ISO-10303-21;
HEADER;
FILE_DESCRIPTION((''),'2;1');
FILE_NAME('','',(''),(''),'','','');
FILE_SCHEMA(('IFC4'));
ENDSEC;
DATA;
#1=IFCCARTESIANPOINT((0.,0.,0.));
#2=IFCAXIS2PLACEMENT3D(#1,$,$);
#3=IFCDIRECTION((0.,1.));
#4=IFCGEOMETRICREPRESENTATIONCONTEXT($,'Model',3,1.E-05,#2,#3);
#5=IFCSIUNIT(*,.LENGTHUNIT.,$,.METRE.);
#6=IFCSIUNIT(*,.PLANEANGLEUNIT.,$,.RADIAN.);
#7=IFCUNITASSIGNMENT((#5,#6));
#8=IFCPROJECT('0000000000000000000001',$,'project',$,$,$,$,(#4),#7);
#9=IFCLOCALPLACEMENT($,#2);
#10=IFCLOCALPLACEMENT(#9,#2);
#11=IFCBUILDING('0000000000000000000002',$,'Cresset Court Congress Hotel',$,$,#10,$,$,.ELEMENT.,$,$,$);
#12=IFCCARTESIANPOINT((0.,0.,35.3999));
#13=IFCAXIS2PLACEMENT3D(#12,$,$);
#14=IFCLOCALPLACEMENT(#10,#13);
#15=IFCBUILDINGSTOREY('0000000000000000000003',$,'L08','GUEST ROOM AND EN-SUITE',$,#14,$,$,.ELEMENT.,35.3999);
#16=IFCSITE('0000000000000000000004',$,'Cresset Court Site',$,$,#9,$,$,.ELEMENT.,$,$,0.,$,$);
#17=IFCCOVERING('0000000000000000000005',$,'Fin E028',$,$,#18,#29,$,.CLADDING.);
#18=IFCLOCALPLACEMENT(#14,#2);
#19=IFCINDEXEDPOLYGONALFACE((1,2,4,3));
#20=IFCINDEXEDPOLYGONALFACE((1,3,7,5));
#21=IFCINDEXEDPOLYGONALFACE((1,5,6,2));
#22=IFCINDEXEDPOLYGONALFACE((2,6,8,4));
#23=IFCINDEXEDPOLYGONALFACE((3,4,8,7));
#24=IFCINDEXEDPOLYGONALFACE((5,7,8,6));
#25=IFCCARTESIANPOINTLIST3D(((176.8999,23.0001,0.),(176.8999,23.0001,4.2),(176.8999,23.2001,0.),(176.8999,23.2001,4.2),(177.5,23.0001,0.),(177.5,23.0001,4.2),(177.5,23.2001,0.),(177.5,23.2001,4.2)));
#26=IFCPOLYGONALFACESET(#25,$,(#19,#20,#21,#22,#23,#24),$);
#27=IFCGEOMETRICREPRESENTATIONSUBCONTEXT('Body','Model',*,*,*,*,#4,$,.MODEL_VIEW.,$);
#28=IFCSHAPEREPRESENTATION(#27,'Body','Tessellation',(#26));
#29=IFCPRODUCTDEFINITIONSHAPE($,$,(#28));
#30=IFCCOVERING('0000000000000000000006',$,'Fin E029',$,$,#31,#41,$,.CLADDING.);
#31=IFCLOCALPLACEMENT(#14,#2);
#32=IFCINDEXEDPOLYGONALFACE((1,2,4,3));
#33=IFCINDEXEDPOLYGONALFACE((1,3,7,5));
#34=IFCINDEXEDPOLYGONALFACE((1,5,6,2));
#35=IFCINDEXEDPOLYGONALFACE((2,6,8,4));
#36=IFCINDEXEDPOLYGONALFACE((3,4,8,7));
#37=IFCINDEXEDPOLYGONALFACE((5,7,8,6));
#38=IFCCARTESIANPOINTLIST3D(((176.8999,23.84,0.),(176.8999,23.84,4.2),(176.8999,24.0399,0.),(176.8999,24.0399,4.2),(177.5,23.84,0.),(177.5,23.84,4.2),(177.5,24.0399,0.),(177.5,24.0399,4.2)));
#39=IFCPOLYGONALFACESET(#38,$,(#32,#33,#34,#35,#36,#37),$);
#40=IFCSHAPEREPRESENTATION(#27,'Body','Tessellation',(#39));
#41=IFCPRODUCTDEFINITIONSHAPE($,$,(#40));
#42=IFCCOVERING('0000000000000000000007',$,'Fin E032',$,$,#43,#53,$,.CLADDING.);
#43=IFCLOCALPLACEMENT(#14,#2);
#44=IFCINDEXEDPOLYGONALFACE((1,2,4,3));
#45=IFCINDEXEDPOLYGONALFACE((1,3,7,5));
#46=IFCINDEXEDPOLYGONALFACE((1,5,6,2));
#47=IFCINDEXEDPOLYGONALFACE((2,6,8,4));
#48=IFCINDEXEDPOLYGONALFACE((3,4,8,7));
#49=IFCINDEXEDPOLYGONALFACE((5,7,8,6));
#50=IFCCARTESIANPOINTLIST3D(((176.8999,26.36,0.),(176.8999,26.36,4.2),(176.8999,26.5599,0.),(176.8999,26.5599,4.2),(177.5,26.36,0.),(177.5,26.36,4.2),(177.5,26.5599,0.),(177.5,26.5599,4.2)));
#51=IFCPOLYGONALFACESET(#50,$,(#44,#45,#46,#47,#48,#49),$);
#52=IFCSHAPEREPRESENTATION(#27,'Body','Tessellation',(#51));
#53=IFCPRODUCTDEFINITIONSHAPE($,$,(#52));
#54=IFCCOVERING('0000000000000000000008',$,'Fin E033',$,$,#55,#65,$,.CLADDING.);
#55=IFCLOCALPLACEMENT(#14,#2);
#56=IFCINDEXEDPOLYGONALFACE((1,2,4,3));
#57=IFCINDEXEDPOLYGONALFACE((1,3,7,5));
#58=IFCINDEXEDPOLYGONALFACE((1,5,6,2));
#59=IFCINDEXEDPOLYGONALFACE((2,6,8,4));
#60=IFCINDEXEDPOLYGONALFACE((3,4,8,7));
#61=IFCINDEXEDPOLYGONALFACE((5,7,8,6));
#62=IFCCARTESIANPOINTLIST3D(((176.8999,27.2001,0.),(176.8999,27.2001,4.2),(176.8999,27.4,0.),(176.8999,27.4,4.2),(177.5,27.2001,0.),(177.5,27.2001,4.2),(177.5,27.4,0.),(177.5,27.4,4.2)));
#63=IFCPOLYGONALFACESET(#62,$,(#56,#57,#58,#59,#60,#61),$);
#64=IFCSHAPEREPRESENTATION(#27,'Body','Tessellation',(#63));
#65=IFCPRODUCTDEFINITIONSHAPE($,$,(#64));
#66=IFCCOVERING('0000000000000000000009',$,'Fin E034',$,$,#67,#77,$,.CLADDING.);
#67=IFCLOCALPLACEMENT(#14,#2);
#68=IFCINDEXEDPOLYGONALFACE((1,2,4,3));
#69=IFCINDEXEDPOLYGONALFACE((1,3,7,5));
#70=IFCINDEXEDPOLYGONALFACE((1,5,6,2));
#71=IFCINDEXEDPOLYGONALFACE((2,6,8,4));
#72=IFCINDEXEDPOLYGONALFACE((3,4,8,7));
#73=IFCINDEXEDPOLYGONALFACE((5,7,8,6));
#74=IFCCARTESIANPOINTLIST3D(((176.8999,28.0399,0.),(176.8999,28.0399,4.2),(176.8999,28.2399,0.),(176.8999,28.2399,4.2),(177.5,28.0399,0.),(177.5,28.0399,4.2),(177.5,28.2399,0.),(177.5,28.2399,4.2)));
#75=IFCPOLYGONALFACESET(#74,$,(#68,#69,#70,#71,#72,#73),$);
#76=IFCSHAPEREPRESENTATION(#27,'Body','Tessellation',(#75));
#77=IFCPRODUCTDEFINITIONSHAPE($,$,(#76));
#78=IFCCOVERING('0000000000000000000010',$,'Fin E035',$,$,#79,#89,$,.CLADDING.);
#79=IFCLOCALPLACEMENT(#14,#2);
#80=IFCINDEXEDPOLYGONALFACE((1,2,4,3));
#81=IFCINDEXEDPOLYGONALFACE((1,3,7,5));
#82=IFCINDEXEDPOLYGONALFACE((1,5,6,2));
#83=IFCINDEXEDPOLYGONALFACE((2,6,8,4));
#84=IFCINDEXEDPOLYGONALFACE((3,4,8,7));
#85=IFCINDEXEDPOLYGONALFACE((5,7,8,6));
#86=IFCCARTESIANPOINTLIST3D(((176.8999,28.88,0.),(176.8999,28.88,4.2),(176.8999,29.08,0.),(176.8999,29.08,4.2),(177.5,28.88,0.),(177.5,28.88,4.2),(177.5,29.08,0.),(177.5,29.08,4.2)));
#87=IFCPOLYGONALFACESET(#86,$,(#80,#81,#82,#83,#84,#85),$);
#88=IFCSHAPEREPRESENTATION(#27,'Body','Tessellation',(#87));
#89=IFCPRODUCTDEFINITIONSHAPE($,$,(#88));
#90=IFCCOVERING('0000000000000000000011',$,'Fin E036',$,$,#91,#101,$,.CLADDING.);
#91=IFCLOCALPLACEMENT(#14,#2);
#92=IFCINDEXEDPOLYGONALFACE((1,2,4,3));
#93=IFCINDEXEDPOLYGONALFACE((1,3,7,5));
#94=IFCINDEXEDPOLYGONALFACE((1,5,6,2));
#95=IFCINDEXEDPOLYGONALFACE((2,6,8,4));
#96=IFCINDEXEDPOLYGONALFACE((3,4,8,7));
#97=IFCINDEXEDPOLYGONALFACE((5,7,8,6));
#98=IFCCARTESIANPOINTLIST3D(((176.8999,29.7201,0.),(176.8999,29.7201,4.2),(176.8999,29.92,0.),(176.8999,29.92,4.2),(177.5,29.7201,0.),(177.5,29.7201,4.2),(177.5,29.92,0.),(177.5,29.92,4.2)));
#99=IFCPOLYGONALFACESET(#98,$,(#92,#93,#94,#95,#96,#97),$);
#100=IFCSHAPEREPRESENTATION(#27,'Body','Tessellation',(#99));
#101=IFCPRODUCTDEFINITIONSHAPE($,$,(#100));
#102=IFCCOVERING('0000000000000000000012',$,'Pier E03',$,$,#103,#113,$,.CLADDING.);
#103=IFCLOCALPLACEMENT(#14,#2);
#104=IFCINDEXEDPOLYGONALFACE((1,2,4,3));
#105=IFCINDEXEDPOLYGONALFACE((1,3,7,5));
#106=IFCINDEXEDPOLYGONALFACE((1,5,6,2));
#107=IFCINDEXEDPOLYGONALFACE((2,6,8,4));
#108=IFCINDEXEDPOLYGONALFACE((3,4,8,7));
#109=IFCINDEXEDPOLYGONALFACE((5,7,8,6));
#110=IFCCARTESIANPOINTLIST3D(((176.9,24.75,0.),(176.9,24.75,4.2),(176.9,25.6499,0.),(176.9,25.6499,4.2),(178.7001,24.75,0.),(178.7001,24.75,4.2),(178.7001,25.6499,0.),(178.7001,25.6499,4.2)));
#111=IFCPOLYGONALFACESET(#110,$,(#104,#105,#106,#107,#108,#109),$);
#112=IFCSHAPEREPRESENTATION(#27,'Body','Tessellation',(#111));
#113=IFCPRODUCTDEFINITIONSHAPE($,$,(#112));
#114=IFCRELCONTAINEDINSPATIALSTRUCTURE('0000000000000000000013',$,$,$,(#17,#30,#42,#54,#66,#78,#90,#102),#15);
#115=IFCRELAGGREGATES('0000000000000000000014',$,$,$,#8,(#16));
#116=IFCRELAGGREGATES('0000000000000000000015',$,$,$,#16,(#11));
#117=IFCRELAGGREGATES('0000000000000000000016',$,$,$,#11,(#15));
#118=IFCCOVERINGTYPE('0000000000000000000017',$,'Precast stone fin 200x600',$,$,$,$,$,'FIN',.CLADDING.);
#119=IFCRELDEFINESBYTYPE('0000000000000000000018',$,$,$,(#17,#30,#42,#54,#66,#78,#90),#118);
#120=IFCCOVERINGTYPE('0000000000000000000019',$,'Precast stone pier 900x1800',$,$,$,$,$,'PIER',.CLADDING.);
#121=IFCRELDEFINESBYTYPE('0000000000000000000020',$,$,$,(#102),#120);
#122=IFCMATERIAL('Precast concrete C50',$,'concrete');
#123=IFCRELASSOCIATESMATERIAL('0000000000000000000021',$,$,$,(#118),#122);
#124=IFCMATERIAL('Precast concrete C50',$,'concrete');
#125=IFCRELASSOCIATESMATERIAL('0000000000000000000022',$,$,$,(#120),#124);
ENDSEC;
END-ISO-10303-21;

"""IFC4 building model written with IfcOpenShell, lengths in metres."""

from ifc_helpers import new_model, si_unit, direction, frame, origin, origin_2d, place, context, subcontext, project, spatial, rectangle, extrude, material, type_object, element, save


model = new_model("IFC4")

# Units and contexts
model_context = context("Model", 3, precision=1e-05, world=origin(), true_north=direction((0.0, 1.0)))
body_context = subcontext(model_context, "Body", "Model", "MODEL_VIEW")
ifc_project = project(units=[si_unit("LENGTHUNIT", "METRE"), si_unit("PLANEANGLEUNIT", "RADIAN")], contexts=[model_context])

# Site, building, storey
site_placement = place(None, origin())
site = spatial("IfcSite", under=ifc_project, at=site_placement, Name="Cresset Court Site", CompositionType="ELEMENT", RefElevation=0.0)
building_placement = place(site_placement, origin())
building = spatial("IfcBuilding", under=site, at=building_placement, Name="Cresset Court Congress Hotel", CompositionType="ELEMENT")
storey_placement = place(building_placement, frame((0.0, 0.0, 35.3999)))
storey = spatial("IfcBuildingStorey", under=building, at=storey_placement, Name="L08", Description="GUEST ROOM AND EN-SUITE", CompositionType="ELEMENT", Elevation=35.3999)

# Coverings
ifc_material_1 = material(Name="Precast concrete C50", Category="concrete")
covering_type_1 = type_object("IfcCoveringType", Name="Precast stone fin 200x600", ElementType="FIN", PredefinedType="CLADDING", material=ifc_material_1)
for number, where, z_axis, x_axis, name in (
    (1, (177.2, 23.1001, 0.0), (0.0, 0.0, 1.0), (1.0, 0.0, 0.0), "Fin E028"),
    (2, (177.2, 23.9399, 0.0), (0.0, 0.0, 1.0), (1.0, 0.0, 0.0), "Fin E029"),
    (3, (177.2, 26.46, 0.0), (0.0, 0.0, 1.0), (1.0, 0.0, 0.0), "Fin E032"),
    (4, (177.2, 27.3, 0.0), (0.0, 0.0, 1.0), (1.0, 0.0, 0.0), "Fin E033"),
    (5, (177.2, 28.1399, 0.0), (0.0, 0.0, 1.0), (1.0, 0.0, 0.0), "Fin E034"),
    (6, (177.2, 28.98, 0.0), (0.0, 0.0, 1.0), (1.0, 0.0, 0.0), "Fin E035"),
    (7, (177.2, 29.8201, 0.0), (0.0, 0.0, 1.0), (1.0, 0.0, 0.0), "Fin E036"),
):
    element("IfcCovering", number, at=place(storey_placement, frame(where, z_axis=z_axis, x_axis=x_axis)), inside=storey, type_object=covering_type_1, Name=name, PredefinedType="CLADDING", context=body_context, shape_type="SweptSolid", body=[
        extrude(rectangle(XDim=0.6001, YDim=0.2, at=origin_2d()), origin(), (0.0, 0.0, 1.0), 4.2),
    ])
ifc_material_2 = material(Name="Precast concrete C50", Category="concrete")
covering_type_2 = type_object("IfcCoveringType", Name="Precast stone pier 900x1800", ElementType="PIER", PredefinedType="CLADDING", material=ifc_material_2)
covering_placement = place(storey_placement, frame((177.8, 25.2, 0.0), z_axis=(0.0, 0.0, 1.0), x_axis=(1.0, 0.0, 0.0)))
element("IfcCovering", 8, at=covering_placement, inside=storey, type_object=covering_type_2, Name="Pier E03", PredefinedType="CLADDING", context=body_context, shape_type="SweptSolid", body=[
    extrude(rectangle(XDim=1.8, YDim=0.8999, at=origin_2d()), origin(), (0.0, 0.0, 1.0), 4.2),
])

save(model, "model.ifc")
